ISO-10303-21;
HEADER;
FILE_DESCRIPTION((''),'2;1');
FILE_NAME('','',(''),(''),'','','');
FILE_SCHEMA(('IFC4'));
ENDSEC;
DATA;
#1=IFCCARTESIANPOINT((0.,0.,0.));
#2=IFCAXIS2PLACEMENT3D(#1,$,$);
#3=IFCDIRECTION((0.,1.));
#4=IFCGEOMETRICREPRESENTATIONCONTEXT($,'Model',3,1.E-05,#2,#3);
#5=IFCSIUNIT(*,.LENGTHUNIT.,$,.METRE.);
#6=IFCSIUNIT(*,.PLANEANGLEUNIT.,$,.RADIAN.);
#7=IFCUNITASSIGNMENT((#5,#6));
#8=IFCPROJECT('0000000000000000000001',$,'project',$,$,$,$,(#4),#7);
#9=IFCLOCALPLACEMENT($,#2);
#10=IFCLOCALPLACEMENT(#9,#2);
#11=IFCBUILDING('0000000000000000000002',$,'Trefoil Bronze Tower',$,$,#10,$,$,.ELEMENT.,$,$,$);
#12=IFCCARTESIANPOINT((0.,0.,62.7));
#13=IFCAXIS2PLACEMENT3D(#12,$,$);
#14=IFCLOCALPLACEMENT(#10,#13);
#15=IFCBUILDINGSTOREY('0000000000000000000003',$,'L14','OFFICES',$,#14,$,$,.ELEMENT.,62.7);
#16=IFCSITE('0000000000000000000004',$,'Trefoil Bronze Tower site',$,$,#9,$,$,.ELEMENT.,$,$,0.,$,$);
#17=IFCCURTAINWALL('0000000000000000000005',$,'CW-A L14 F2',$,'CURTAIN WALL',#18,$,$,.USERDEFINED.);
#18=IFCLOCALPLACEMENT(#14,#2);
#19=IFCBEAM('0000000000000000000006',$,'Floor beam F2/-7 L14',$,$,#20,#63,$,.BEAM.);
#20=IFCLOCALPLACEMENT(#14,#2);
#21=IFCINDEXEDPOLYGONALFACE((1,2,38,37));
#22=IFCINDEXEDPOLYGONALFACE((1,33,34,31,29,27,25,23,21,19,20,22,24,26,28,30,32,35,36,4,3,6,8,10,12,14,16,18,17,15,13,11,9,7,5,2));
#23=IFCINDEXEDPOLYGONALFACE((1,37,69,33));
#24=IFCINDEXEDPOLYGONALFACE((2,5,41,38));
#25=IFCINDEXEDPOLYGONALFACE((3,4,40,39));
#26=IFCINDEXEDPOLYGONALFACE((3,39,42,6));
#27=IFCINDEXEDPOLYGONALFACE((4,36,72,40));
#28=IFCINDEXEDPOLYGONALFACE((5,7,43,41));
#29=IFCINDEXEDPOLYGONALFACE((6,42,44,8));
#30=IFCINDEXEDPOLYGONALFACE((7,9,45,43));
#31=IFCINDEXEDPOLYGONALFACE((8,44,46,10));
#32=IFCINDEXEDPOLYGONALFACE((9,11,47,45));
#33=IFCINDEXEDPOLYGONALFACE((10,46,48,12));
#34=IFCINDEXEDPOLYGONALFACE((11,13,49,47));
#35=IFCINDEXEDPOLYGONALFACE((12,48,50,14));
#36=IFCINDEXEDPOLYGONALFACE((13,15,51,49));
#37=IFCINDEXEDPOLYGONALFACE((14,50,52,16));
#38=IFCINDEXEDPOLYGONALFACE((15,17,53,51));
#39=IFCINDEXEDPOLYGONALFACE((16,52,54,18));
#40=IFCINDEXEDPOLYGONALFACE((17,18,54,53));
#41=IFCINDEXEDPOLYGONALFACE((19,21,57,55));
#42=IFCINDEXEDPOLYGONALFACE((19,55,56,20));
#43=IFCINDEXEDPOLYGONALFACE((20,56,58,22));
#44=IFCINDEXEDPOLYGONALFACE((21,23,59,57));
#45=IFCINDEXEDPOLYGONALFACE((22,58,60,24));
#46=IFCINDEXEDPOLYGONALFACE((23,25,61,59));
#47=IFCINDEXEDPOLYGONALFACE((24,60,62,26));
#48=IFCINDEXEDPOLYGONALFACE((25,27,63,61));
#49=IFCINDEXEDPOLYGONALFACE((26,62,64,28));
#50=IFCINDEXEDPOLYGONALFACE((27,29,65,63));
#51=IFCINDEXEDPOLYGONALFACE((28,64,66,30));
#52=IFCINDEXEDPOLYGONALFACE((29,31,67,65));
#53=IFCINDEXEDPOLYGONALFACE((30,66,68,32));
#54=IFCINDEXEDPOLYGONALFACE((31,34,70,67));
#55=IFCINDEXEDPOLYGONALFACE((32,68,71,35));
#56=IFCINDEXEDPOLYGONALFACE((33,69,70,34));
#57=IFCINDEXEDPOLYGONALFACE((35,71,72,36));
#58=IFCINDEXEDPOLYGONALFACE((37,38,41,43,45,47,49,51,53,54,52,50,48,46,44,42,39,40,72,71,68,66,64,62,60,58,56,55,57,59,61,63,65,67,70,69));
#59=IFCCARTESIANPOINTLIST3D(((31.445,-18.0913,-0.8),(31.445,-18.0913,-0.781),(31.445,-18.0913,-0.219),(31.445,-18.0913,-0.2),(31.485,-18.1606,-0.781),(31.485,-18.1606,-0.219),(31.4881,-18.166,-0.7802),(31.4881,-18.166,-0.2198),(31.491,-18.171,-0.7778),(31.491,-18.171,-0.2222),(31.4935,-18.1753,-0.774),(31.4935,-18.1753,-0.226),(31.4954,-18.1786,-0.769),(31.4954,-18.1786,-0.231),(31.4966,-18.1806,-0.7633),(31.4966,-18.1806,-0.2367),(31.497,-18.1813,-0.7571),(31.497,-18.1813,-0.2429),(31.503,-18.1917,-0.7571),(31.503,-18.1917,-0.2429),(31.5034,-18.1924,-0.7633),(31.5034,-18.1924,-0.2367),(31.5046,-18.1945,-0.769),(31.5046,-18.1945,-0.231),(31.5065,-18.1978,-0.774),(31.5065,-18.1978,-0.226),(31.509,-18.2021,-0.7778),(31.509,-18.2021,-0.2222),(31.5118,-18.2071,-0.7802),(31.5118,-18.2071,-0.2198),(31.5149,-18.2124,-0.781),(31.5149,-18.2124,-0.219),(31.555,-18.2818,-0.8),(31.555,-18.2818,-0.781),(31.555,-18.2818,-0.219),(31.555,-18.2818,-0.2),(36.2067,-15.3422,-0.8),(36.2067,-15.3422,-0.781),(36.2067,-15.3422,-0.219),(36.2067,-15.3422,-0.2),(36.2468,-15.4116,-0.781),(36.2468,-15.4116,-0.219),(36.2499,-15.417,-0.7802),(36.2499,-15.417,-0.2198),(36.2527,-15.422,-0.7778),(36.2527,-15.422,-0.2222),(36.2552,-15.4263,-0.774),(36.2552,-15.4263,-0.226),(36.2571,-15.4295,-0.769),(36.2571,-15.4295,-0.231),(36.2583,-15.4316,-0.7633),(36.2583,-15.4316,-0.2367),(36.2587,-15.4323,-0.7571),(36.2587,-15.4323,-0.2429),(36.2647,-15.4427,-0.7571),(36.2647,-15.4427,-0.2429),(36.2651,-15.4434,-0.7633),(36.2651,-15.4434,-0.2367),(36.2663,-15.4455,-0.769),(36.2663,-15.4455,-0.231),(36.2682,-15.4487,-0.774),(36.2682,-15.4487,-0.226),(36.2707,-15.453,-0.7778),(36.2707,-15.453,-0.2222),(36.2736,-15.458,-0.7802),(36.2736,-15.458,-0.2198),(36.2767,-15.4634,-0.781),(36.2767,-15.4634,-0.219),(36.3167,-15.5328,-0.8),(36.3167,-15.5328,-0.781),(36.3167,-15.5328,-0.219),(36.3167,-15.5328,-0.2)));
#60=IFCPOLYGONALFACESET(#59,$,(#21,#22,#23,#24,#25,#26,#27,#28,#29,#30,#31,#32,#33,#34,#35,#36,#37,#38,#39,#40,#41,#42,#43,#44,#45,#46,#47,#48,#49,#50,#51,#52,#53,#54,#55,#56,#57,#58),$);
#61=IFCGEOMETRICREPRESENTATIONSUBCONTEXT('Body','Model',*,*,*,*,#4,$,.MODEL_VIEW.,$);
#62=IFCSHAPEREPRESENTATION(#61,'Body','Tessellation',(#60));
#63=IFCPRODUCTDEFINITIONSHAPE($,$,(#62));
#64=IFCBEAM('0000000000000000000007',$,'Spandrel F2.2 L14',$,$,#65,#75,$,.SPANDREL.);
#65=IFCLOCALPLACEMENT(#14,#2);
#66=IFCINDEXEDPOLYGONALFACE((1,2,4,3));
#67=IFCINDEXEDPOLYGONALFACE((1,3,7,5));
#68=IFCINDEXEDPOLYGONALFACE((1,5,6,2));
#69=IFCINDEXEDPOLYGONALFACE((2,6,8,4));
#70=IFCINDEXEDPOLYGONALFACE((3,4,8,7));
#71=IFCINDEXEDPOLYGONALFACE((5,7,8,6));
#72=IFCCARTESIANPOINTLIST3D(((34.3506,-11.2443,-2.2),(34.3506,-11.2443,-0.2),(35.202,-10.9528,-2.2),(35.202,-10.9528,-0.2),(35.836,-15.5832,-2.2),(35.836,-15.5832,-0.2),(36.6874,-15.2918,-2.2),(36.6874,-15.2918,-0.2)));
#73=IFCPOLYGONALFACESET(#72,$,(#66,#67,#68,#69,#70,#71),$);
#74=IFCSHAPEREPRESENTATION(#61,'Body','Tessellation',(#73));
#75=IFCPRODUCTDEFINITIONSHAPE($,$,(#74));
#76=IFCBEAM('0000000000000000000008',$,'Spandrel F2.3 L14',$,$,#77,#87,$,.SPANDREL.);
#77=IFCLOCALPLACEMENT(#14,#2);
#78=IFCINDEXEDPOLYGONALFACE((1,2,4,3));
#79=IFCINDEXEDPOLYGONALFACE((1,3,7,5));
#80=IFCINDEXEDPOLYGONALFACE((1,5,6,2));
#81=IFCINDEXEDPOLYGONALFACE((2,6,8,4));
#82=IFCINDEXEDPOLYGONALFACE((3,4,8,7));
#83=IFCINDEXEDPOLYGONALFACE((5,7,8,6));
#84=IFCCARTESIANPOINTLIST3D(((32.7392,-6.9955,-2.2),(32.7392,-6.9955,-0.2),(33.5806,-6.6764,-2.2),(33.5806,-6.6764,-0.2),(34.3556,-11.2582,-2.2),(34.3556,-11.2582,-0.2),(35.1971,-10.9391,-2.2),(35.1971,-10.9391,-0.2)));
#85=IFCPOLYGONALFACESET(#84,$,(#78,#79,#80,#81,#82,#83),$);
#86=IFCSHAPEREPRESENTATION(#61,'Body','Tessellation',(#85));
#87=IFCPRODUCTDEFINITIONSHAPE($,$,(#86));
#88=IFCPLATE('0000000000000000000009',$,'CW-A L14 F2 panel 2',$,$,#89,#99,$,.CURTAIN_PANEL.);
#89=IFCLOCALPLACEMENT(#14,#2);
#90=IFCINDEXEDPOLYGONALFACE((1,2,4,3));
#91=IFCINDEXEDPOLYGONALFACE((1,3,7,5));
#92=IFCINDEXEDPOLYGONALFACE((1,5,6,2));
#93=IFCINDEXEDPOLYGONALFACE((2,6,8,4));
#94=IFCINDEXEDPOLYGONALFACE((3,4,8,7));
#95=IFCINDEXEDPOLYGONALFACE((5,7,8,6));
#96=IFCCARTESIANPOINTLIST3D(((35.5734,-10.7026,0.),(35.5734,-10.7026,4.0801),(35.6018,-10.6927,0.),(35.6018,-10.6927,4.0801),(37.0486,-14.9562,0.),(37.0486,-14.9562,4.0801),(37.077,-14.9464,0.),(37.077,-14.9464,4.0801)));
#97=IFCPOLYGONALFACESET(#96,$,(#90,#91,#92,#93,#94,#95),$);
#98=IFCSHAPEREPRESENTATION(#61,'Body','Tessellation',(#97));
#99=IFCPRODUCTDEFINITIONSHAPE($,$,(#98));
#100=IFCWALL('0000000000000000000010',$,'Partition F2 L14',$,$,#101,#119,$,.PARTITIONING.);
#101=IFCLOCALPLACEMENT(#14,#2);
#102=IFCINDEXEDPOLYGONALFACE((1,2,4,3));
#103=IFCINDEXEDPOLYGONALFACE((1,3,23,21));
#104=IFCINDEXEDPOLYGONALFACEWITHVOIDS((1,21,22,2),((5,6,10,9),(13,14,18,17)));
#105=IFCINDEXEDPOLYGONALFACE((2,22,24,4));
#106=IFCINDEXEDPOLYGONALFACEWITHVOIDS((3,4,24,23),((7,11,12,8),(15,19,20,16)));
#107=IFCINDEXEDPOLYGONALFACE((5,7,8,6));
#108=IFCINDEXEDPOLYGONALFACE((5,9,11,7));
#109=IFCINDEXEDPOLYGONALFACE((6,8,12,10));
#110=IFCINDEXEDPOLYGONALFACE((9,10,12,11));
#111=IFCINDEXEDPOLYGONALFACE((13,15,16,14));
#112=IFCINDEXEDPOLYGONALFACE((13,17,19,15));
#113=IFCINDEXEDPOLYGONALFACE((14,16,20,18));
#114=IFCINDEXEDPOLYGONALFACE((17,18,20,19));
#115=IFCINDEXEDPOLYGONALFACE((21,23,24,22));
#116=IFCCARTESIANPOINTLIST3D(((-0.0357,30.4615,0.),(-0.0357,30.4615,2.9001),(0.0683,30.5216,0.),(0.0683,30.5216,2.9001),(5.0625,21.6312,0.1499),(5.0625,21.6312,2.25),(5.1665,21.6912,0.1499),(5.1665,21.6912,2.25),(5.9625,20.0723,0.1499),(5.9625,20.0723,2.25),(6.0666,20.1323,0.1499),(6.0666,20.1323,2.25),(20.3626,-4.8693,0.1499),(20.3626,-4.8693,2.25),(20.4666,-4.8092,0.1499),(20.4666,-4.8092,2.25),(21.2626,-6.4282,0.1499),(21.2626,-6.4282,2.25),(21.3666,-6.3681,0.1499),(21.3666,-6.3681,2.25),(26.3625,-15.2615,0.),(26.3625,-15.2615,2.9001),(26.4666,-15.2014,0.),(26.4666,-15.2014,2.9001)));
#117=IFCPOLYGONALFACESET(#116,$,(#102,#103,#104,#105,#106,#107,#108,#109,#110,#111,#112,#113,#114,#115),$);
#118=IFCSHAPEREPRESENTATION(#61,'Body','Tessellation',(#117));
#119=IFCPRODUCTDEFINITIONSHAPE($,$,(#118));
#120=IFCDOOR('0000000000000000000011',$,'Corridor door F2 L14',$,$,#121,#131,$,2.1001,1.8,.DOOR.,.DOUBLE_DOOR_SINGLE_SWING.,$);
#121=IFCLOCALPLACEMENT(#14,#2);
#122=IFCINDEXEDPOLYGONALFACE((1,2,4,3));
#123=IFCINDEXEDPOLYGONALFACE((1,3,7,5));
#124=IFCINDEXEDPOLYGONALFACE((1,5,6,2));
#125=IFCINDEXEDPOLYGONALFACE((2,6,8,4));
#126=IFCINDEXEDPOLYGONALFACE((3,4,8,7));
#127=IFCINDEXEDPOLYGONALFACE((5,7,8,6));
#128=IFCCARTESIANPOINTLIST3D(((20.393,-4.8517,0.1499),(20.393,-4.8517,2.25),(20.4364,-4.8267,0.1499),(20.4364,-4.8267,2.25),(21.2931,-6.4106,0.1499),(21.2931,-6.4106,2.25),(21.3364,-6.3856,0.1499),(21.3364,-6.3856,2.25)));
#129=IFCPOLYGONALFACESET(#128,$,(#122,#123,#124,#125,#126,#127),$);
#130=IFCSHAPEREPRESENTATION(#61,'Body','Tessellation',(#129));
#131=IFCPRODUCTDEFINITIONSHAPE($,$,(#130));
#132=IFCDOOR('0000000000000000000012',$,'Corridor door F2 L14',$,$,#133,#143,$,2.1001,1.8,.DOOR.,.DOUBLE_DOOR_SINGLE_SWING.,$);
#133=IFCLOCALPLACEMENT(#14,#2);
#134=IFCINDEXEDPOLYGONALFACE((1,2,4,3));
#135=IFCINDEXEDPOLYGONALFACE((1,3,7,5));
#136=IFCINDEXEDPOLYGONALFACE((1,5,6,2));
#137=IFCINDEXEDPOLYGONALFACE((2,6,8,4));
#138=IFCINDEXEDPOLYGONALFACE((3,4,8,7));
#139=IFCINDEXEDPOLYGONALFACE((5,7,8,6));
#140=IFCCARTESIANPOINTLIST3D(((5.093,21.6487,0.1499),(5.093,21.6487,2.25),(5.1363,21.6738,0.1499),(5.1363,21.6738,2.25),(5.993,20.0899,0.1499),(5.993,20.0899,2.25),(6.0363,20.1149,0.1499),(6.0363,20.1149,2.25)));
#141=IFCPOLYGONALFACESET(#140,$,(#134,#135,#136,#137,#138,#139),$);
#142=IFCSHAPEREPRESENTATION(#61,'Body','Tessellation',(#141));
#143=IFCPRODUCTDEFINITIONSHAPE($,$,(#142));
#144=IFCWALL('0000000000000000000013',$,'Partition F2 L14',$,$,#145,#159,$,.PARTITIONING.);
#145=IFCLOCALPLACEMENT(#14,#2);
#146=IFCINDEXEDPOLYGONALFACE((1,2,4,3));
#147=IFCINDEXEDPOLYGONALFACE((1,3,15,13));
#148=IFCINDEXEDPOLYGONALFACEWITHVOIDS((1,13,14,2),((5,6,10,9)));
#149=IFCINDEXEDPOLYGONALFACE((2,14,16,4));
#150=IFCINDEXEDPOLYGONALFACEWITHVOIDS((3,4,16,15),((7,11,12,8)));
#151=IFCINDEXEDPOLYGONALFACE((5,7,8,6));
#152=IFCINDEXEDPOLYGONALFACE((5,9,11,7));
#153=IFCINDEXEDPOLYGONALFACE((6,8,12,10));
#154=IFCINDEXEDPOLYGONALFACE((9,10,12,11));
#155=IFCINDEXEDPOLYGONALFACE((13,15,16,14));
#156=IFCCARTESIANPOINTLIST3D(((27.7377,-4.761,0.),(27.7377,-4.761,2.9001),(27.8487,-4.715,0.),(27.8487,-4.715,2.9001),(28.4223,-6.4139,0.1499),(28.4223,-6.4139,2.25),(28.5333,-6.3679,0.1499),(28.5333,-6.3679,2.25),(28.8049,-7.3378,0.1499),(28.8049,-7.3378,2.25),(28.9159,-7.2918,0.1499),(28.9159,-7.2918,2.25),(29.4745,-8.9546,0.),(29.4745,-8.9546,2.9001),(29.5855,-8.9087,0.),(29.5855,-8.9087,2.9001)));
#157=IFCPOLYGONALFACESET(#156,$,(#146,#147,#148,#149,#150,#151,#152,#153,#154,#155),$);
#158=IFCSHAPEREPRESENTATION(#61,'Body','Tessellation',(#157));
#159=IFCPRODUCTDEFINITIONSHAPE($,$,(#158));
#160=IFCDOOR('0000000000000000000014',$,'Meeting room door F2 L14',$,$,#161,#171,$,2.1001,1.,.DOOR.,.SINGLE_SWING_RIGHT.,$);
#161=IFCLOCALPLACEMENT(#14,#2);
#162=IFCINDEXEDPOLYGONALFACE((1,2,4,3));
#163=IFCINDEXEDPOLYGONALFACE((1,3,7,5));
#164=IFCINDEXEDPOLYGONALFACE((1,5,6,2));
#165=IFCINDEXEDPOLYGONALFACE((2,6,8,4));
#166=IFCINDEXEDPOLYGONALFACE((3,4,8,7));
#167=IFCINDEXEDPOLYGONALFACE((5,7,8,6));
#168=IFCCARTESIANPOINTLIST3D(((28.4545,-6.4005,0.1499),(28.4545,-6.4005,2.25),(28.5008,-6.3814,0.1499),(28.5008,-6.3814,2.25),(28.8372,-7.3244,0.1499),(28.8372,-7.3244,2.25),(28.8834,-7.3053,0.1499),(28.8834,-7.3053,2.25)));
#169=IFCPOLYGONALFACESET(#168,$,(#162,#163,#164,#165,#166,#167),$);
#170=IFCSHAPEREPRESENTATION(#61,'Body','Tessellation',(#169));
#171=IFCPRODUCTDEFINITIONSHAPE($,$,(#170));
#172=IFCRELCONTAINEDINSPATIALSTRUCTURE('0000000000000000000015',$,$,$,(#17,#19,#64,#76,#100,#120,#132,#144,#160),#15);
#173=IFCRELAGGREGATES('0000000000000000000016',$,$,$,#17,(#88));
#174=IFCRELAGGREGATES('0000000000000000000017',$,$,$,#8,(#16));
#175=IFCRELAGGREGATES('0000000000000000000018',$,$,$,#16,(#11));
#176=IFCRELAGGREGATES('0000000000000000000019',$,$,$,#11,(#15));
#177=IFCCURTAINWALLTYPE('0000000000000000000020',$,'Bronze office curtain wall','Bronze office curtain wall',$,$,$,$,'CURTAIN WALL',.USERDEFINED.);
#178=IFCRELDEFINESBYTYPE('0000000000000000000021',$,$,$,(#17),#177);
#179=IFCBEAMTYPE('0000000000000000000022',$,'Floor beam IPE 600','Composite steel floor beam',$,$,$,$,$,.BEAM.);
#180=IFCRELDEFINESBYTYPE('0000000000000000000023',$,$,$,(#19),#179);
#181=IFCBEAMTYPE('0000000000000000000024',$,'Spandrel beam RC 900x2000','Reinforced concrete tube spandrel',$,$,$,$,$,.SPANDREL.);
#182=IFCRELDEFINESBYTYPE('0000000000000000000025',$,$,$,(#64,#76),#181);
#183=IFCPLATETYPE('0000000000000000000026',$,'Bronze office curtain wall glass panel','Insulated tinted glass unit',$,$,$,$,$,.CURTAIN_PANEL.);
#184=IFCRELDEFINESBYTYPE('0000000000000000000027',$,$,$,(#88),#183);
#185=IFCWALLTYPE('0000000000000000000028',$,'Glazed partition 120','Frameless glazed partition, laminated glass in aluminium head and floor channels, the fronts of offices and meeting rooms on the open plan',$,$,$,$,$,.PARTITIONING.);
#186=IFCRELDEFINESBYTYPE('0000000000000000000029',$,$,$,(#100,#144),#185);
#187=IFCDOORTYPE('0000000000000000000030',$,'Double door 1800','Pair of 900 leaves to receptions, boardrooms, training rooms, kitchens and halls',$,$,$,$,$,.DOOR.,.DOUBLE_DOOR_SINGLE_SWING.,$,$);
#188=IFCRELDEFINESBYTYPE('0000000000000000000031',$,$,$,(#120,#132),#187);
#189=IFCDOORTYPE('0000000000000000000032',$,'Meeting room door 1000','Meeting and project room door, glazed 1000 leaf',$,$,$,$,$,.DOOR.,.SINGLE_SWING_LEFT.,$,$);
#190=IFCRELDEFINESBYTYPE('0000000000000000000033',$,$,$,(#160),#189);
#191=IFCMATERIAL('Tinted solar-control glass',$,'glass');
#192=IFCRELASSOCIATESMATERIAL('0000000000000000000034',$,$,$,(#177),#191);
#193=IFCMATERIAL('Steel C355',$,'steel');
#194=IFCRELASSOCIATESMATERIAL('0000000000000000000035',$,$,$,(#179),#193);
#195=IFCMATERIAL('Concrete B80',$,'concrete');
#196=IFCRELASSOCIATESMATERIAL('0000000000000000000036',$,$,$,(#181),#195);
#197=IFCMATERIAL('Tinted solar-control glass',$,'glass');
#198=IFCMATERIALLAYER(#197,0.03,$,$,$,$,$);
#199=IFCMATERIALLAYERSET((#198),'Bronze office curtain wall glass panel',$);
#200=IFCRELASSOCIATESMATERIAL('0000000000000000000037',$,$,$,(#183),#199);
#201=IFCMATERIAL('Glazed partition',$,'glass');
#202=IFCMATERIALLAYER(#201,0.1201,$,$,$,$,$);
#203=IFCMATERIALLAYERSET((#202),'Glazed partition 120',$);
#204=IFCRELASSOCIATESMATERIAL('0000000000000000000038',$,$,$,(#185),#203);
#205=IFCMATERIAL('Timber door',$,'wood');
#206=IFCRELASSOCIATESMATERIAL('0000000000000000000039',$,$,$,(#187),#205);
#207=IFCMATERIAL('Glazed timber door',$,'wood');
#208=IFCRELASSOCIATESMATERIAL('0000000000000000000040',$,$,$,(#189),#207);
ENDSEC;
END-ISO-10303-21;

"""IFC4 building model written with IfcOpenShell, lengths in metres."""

from ifc_helpers import new_model, si_unit, direction, frame, frame_2d, origin, origin_2d, place, context, subcontext, project, spatial, rectangle, i_section, extrude, material, layer, layer_set, material_profile, profile_set, type_object, element, fill, aggregate, save


model = new_model("IFC4")

# Units and contexts
model_context = context("Model", 3, precision=1e-05, world=origin(), true_north=direction((0.0, 1.0)))
body_context = subcontext(model_context, "Body", "Model", "MODEL_VIEW")
ifc_project = project(units=[si_unit("LENGTHUNIT", "METRE"), si_unit("PLANEANGLEUNIT", "RADIAN")], contexts=[model_context])

# Site, building, storey
site_placement = place(None, origin())
site = spatial("IfcSite", under=ifc_project, at=site_placement, Name="Trefoil Bronze Tower site", CompositionType="ELEMENT", RefElevation=0.0)
building_placement = place(site_placement, origin())
building = spatial("IfcBuilding", under=site, at=building_placement, Name="Trefoil Bronze Tower", CompositionType="ELEMENT")
storey_placement = place(building_placement, frame((0.0, 0.0, 62.7)))
storey = spatial("IfcBuildingStorey", under=building, at=storey_placement, Name="L14", Description="OFFICES", CompositionType="ELEMENT", Elevation=62.7)

# Curtain wall
ifc_material_1 = material(Name="Tinted solar-control glass", Category="glass")
curtain_wall_type = type_object("IfcCurtainWallType", Name="Bronze office curtain wall", Description="Bronze office curtain wall", ElementType="CURTAIN WALL", PredefinedType="USERDEFINED", material=ifc_material_1)
curtain_wall_placement = place(storey_placement, origin())
curtain_wall = element("IfcCurtainWall", 1, at=curtain_wall_placement, inside=storey, type_object=curtain_wall_type, Name="CW-A L14 F2", ObjectType="CURTAIN WALL", PredefinedType="USERDEFINED")

# Beams
ifc_material_2 = material(Name="Steel C355", Category="steel")
ifc_material_profile_1 = material_profile(ifc_material_2, i_section(OverallWidth=0.22, OverallDepth=0.6001, WebThickness=0.012, FlangeThickness=0.019, FilletRadius=0.0239, at=origin_2d()), Name="IPE 600")
ifc_profile_set_1 = profile_set([ifc_material_profile_1], Name="Steel C355")
beam_type_1 = type_object("IfcBeamType", Name="Floor beam IPE 600", Description="Composite steel floor beam", PredefinedType="BEAM", material=ifc_profile_set_1)
beam_1_placement = place(storey_placement, frame((36.2617, -15.4375, -0.5), z_axis=(-0.866038, -0.499979, 0.0), x_axis=(0.499979, -0.866038, 0.0)))
element("IfcBeam", 2, at=beam_1_placement, inside=storey, type_object=beam_type_1, Name="Floor beam F2/-7 L14", PredefinedType="BEAM", context=body_context, shape_type="SweptSolid", body=[
    extrude(i_section(OverallWidth=0.22, OverallDepth=0.6001, WebThickness=0.012, FlangeThickness=0.019, FilletRadius=0.0239, at=origin_2d()), origin(), (0.0, 0.0, 1.0), 5.4983),
])
ifc_material_3 = material(Name="Concrete B80", Category="concrete")
ifc_material_profile_2 = material_profile(ifc_material_3, rectangle(XDim=0.8999, YDim=2.0, at=origin_2d()), Name="RC 900x2000")
ifc_profile_set_2 = profile_set([ifc_material_profile_2], Name="Concrete B80")
beam_type_2 = type_object("IfcBeamType", Name="Spandrel beam RC 900x2000", Description="Reinforced concrete tube spandrel", PredefinedType="SPANDREL", material=ifc_profile_set_2)
beam_2_placement = place(storey_placement, frame((36.2617, -15.4375, -1.2), z_axis=(-0.323883, 0.946097, 0.0), x_axis=(-0.946097, -0.323883, 0.0)))
element("IfcBeam", 3, at=beam_2_placement, inside=storey, type_object=beam_type_2, Name="Spandrel F2.2 L14", PredefinedType="SPANDREL", context=body_context, shape_type="SweptSolid", body=[
    extrude(rectangle(XDim=0.8999, YDim=2.0, at=origin_2d()), origin(), (0.0, 0.0, 1.0), 4.5862),
])
beam_3_placement = place(storey_placement, frame((34.7764, -11.0986, -1.2), z_axis=(-0.354572, 0.935029, 0.0), x_axis=(-0.935029, -0.354572, 0.0)))
element("IfcBeam", 4, at=beam_3_placement, inside=storey, type_object=beam_type_2, Name="Spandrel F2.3 L14", PredefinedType="SPANDREL", context=body_context, shape_type="SweptSolid", body=[
    extrude(rectangle(XDim=0.8999, YDim=2.0, at=origin_2d()), origin(), (0.0, 0.0, 1.0), 4.5588),
])

# Plate
ifc_material_4 = material(Name="Tinted solar-control glass", Category="glass")
ifc_layer_1 = layer(ifc_material_4, 0.03)
ifc_layer_set_1 = layer_set([ifc_layer_1], Name="Bronze office curtain wall glass panel")
plate_type = type_object("IfcPlateType", Name="Bronze office curtain wall glass panel", Description="Insulated tinted glass unit", PredefinedType="CURTAIN_PANEL", material=ifc_layer_set_1)
plate_placement = place(storey_placement, frame((36.3252, -12.8245, 0.0), z_axis=(0.0, 0.0, 1.0), x_axis=(-0.327674, 0.944791, 0.0)))
plate = element("IfcPlate", 5, at=plate_placement, type_object=plate_type, Name="CW-A L14 F2 panel 2", PredefinedType="CURTAIN_PANEL", context=body_context, shape_type="SweptSolid", body=[
    extrude(rectangle(XDim=4.5022, YDim=0.03, at=origin_2d()), origin(), (0.0, 0.0, 1.0), 4.0801),
])
aggregate(curtain_wall, [plate])

# Wall, openings, doors
ifc_material_5 = material(Name="Glazed partition", Category="glass")
ifc_layer_2 = layer(ifc_material_5, 0.1201)
ifc_layer_set_2 = layer_set([ifc_layer_2], Name="Glazed partition 120")
wall_type = type_object("IfcWallType", Name="Glazed partition 120", Description="Frameless glazed partition, laminated glass in aluminium head and floor channels, the fronts of offices and meeting rooms on the open plan", PredefinedType="PARTITIONING", material=ifc_layer_set_2)
wall_1_placement = place(storey_placement, frame((26.4146, -15.2314, 0.0), z_axis=(0.0, 0.0, 1.0), x_axis=(-0.500001, 0.866025, 0.0)))
wall_1 = element("IfcWall", 6, at=wall_1_placement, inside=storey, type_object=wall_type, Name="Partition F2 L14", PredefinedType="PARTITIONING", context=body_context, shape_type="SweptSolid", body=[
    extrude(rectangle(XDim=52.7964, YDim=0.1201, at=frame_2d((26.3982, 0.0))), origin(), (0.0, 0.0, 1.0), 2.9001),
])
opening_1_placement = place(wall_1_placement, frame((10.2, 0.0, 0.1499)))
opening_1 = element("IfcOpeningElement", 7, at=opening_1_placement, cuts=wall_1, PredefinedType="OPENING", context=body_context, shape_type="SweptSolid", body=[
    extrude(rectangle(XDim=1.8, YDim=2.1001, at=frame_2d((0.8999, 1.05))), frame((0.0, 0.0701, 0.0), z_axis=(0.0, -1.0, 0.0), x_axis=(1.0, 0.0, 0.0)), (0.0, 0.0, 1.0), 0.1401),
])
opening_2_placement = place(wall_1_placement, frame((40.8, 0.0, 0.1499)))
opening_2 = element("IfcOpeningElement", 8, at=opening_2_placement, cuts=wall_1, PredefinedType="OPENING", context=body_context, shape_type="SweptSolid", body=[
    extrude(rectangle(XDim=1.8, YDim=2.1001, at=frame_2d((0.8999, 1.05))), frame((0.0, 0.0701, 0.0), z_axis=(0.0, -1.0, 0.0), x_axis=(1.0, 0.0, 0.0)), (0.0, 0.0, 1.0), 0.1401),
])
ifc_material_6 = material(Name="Timber door", Category="wood")
door_type_1 = type_object("IfcDoorType", Name="Double door 1800", Description="Pair of 900 leaves to receptions, boardrooms, training rooms, kitchens and halls", OperationType="DOUBLE_DOOR_SINGLE_SWING", PredefinedType="DOOR", material=ifc_material_6)
door_1_placement = place(opening_1_placement, origin())
door_1 = element("IfcDoor", 9, at=door_1_placement, inside=storey, type_object=door_type_1, Name="Corridor door F2 L14", OperationType="DOUBLE_DOOR_SINGLE_SWING", OverallHeight=2.1001, OverallWidth=1.8, PredefinedType="DOOR", context=body_context, shape_type="SweptSolid", body=[
    extrude(rectangle(XDim=1.8, YDim=2.1001, at=frame_2d((0.8999, 1.05))), frame((0.0, 0.0249, 0.0), z_axis=(0.0, -1.0, 0.0), x_axis=(1.0, 0.0, 0.0)), (0.0, 0.0, 1.0), 0.05),
])
fill(opening_1, door_1)
door_2_placement = place(opening_2_placement, origin())
door_2 = element("IfcDoor", 10, at=door_2_placement, inside=storey, type_object=door_type_1, Name="Corridor door F2 L14", OperationType="DOUBLE_DOOR_SINGLE_SWING", OverallHeight=2.1001, OverallWidth=1.8, PredefinedType="DOOR", context=body_context, shape_type="SweptSolid", body=[
    extrude(rectangle(XDim=1.8, YDim=2.1001, at=frame_2d((0.8999, 1.05))), frame((0.0, 0.0249, 0.0), z_axis=(0.0, -1.0, 0.0), x_axis=(1.0, 0.0, 0.0)), (0.0, 0.0, 1.0), 0.05),
])
fill(opening_2, door_2)

# Wall, opening, door
wall_2_placement = place(storey_placement, frame((29.53, -8.9316, 0.0), z_axis=(0.0, 0.0, 1.0), x_axis=(-0.38264, 0.923898, 0.0)))
wall_2 = element("IfcWall", 11, at=wall_2_placement, inside=storey, type_object=wall_type, Name="Partition F2 L14", PredefinedType="PARTITIONING", context=body_context, shape_type="SweptSolid", body=[
    extrude(rectangle(XDim=4.5391, YDim=0.1201, at=frame_2d((2.2695, 0.0))), origin(), (0.0, 0.0, 1.0), 2.9001),
])
opening_3_placement = place(wall_2_placement, frame((1.75, 0.0, 0.1499)))
opening_3 = element("IfcOpeningElement", 12, at=opening_3_placement, cuts=wall_2, PredefinedType="OPENING", context=body_context, shape_type="SweptSolid", body=[
    extrude(rectangle(XDim=1.0, YDim=2.1001, at=frame_2d((0.5, 1.05))), frame((0.0, 0.0701, 0.0), z_axis=(0.0, -1.0, 0.0), x_axis=(1.0, 0.0, 0.0)), (0.0, 0.0, 1.0), 0.1401),
])
ifc_material_7 = material(Name="Glazed timber door", Category="wood")
door_type_2 = type_object("IfcDoorType", Name="Meeting room door 1000", Description="Meeting and project room door, glazed 1000 leaf", OperationType="SINGLE_SWING_LEFT", PredefinedType="DOOR", material=ifc_material_7)
door_3_placement = place(opening_3_placement, frame((1.0, 0.0, 0.0), z_axis=(0.0, 0.0, 1.0), x_axis=(-1.0, 0.0, 0.0)))
door_3 = element("IfcDoor", 13, at=door_3_placement, inside=storey, type_object=door_type_2, Name="Meeting room door F2 L14", OperationType="SINGLE_SWING_RIGHT", OverallHeight=2.1001, OverallWidth=1.0, PredefinedType="DOOR", context=body_context, shape_type="SweptSolid", body=[
    extrude(rectangle(XDim=1.0, YDim=2.1001, at=frame_2d((0.5, 1.05))), frame((0.0, 0.0249, 0.0), z_axis=(0.0, -1.0, 0.0), x_axis=(1.0, 0.0, 0.0)), (0.0, 0.0, 1.0), 0.05),
])
fill(opening_3, door_3)

save(model, "model.ifc")
